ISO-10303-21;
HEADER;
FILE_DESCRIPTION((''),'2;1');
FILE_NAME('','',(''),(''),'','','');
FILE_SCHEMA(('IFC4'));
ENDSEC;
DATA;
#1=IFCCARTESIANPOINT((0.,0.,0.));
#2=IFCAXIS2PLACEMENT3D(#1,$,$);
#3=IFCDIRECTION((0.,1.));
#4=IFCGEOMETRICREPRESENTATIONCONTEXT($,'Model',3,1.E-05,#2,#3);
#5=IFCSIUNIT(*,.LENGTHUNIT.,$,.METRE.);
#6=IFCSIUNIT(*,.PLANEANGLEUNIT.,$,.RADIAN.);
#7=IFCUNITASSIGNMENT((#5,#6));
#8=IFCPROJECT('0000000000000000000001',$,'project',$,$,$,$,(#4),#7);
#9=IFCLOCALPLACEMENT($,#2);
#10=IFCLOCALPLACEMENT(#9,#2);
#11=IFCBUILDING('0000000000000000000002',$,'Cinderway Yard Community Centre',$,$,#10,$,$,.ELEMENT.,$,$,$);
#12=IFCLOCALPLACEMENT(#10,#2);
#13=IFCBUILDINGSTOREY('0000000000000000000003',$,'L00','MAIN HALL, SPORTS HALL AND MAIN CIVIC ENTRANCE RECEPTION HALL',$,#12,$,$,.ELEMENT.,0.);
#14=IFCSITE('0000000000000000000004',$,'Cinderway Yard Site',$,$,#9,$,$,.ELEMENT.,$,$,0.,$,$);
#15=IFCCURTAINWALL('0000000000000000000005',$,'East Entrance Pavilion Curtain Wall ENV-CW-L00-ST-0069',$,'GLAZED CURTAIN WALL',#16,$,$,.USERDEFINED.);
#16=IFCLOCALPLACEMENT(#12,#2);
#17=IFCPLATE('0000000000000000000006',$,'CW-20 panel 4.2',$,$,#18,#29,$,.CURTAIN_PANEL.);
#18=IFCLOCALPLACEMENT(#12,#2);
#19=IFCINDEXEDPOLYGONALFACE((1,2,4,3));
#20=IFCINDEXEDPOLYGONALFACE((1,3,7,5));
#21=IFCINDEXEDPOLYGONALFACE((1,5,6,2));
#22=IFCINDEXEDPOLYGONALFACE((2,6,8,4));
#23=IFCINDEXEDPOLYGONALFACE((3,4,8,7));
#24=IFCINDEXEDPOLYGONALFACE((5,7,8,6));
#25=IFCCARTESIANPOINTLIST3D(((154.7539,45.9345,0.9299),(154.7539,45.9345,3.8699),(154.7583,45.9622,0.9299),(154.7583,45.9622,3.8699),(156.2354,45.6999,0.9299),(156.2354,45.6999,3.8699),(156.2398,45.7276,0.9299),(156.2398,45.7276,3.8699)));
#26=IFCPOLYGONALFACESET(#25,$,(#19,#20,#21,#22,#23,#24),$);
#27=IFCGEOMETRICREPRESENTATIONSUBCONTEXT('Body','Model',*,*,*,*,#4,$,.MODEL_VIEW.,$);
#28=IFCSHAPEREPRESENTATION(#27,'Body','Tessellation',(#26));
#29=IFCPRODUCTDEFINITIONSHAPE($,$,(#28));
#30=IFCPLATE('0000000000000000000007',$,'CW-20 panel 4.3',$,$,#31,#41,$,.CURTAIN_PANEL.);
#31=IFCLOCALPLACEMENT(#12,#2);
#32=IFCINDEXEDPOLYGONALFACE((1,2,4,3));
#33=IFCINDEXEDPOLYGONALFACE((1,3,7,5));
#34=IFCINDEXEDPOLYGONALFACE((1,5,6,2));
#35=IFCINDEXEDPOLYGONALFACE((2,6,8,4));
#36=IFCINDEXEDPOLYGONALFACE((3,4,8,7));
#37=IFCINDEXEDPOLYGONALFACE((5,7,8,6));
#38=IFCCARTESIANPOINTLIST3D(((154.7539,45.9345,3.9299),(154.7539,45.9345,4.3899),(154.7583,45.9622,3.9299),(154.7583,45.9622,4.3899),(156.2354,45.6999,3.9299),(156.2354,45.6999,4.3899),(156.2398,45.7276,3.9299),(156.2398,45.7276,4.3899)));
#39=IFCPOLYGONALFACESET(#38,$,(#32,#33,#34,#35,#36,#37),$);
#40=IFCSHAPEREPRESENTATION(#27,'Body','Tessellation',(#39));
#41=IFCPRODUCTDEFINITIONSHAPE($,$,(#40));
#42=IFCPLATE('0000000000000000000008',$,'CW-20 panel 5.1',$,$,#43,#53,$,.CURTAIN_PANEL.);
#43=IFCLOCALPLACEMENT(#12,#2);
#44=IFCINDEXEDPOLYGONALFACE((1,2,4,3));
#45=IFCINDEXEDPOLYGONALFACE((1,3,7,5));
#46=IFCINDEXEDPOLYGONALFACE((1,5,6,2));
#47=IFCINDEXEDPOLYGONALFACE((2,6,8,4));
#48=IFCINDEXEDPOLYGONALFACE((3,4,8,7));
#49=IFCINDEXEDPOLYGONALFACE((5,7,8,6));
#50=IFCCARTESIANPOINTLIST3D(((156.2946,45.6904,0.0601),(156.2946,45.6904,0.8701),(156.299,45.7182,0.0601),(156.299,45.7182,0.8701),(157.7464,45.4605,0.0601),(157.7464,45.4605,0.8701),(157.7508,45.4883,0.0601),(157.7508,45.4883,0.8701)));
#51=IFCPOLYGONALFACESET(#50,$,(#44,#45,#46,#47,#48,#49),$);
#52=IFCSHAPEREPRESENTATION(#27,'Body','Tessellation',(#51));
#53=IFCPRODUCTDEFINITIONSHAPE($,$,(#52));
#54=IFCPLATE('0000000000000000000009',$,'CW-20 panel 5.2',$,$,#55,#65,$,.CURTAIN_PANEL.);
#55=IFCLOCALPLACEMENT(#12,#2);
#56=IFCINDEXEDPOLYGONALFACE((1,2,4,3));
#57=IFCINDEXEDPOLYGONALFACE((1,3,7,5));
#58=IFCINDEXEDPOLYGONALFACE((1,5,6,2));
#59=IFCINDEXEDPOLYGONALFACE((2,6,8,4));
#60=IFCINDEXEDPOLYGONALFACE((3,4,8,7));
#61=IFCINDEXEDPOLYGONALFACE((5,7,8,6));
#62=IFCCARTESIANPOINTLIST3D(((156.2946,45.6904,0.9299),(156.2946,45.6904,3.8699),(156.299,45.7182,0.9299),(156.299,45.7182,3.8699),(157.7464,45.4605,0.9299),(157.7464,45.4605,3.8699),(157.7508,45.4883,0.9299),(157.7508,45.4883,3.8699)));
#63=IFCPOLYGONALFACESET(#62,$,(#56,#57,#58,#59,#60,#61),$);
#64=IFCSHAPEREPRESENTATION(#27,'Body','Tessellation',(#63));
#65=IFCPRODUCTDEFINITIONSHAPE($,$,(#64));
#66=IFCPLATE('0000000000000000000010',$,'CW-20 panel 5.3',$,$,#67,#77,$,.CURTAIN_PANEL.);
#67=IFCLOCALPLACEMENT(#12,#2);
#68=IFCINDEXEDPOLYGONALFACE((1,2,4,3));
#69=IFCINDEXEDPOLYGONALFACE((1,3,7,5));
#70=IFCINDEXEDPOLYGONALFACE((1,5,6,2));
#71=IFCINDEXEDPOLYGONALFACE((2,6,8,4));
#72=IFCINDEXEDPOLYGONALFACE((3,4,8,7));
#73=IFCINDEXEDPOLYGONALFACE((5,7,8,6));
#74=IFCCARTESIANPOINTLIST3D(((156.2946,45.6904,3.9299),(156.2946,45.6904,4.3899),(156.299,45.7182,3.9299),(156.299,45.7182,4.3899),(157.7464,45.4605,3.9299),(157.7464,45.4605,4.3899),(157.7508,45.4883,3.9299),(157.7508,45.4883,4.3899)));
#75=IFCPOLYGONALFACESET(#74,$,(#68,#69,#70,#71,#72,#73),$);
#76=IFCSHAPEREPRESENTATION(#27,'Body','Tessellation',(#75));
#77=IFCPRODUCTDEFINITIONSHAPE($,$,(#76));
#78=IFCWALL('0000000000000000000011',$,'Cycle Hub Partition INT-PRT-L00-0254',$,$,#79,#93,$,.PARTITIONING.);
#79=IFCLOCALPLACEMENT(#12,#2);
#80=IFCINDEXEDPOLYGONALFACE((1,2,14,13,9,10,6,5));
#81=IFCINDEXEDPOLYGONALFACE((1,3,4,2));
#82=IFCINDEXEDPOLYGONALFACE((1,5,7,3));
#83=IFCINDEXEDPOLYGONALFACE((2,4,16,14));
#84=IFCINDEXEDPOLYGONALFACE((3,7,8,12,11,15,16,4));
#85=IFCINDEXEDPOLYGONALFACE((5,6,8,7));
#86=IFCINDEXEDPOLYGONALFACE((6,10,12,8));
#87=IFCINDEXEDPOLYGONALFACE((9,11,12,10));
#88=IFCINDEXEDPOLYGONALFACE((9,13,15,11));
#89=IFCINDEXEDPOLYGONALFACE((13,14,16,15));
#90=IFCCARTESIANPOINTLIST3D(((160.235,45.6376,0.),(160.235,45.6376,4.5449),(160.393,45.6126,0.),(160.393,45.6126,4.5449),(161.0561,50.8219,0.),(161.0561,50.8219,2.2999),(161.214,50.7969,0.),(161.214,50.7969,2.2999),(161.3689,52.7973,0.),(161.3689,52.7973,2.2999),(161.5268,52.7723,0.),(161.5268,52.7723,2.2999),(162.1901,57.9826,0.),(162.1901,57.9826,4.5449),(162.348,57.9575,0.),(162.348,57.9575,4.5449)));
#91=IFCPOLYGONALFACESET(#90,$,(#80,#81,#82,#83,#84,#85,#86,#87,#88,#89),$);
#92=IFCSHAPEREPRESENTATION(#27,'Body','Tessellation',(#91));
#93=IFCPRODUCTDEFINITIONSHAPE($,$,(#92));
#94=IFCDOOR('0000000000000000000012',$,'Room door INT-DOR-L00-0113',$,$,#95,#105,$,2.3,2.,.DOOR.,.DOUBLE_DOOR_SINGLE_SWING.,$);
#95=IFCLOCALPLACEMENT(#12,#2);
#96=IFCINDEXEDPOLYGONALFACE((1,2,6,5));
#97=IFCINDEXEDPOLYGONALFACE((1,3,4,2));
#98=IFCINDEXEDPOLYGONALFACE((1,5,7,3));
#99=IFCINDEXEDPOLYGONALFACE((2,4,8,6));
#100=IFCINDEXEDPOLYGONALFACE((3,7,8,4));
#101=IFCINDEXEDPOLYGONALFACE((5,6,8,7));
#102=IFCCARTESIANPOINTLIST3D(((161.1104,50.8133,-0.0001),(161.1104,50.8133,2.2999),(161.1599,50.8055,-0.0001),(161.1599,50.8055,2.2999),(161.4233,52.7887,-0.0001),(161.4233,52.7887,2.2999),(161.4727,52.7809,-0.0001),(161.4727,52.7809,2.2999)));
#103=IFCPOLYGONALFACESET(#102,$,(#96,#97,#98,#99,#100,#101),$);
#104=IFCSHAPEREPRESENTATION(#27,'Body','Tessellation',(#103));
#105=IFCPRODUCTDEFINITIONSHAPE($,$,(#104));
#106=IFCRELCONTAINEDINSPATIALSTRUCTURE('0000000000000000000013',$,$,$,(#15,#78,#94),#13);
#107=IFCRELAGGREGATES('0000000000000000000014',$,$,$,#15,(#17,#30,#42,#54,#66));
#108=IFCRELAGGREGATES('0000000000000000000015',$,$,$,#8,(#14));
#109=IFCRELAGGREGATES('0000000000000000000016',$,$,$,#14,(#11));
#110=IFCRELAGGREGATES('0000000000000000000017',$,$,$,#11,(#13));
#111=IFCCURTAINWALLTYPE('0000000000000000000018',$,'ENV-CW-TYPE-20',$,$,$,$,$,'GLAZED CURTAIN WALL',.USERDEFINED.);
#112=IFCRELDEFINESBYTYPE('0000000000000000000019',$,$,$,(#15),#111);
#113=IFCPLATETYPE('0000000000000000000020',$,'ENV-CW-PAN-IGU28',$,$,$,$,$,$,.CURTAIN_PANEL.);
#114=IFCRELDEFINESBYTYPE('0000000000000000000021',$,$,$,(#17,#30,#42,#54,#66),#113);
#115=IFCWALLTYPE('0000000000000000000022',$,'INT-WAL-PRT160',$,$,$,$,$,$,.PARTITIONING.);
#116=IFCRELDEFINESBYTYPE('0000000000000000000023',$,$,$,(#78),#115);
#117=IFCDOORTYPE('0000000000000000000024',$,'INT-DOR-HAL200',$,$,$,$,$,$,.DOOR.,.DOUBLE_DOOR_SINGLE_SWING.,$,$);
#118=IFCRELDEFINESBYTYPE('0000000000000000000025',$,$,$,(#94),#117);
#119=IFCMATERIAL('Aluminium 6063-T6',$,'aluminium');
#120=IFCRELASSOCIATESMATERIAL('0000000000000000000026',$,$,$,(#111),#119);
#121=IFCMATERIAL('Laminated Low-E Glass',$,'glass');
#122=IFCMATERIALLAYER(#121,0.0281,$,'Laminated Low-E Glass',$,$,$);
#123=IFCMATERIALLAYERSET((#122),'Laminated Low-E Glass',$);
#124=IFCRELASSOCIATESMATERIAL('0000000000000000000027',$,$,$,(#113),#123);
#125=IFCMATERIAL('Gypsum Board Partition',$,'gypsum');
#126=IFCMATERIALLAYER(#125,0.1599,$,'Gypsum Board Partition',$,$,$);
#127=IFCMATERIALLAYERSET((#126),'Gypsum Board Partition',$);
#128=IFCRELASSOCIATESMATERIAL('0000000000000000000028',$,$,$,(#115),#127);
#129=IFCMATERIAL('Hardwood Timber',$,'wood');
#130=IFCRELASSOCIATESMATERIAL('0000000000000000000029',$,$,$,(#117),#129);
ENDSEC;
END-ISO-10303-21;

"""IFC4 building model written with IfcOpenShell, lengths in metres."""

from ifc_helpers import new_model, si_unit, direction, frame, frame_2d, origin, origin_2d, place, context, subcontext, project, spatial, rectangle, extrude, material, layer, layer_set, type_object, element, fill, aggregate, save


model = new_model("IFC4")

# Units and contexts
model_context = context("Model", 3, precision=1e-05, world=origin(), true_north=direction((0.0, 1.0)))
body_context = subcontext(model_context, "Body", "Model", "MODEL_VIEW")
ifc_project = project(units=[si_unit("LENGTHUNIT", "METRE"), si_unit("PLANEANGLEUNIT", "RADIAN")], contexts=[model_context])

# Site, building, storey
site_placement = place(None, origin())
site = spatial("IfcSite", under=ifc_project, at=site_placement, Name="Cinderway Yard Site", CompositionType="ELEMENT", RefElevation=0.0)
building_placement = place(site_placement, origin())
building = spatial("IfcBuilding", under=site, at=building_placement, Name="Cinderway Yard Community Centre", CompositionType="ELEMENT")
storey_placement = place(building_placement, origin())
storey = spatial("IfcBuildingStorey", under=building, at=storey_placement, Name="L00", Description="MAIN HALL, SPORTS HALL AND MAIN CIVIC ENTRANCE RECEPTION HALL", CompositionType="ELEMENT", Elevation=0.0)

# Curtain wall, plates
ifc_material_1 = material(Name="Aluminium 6063-T6", Category="aluminium")
curtain_wall_type = type_object("IfcCurtainWallType", Name="ENV-CW-TYPE-20", ElementType="GLAZED CURTAIN WALL", PredefinedType="USERDEFINED", material=ifc_material_1)
curtain_wall_placement = place(storey_placement, origin())
curtain_wall = element("IfcCurtainWall", 1, at=curtain_wall_placement, inside=storey, type_object=curtain_wall_type, Name="East Entrance Pavilion Curtain Wall ENV-CW-L00-ST-0069", ObjectType="GLAZED CURTAIN WALL", PredefinedType="USERDEFINED")
ifc_material_2 = material(Name="Laminated Low-E Glass", Category="glass")
ifc_layer_1 = layer(ifc_material_2, 0.0281, Name="Laminated Low-E Glass")
ifc_layer_set_1 = layer_set([ifc_layer_1], Name="Laminated Low-E Glass")
plate_type = type_object("IfcPlateType", Name="ENV-CW-PAN-IGU28", PredefinedType="CURTAIN_PANEL", material=ifc_layer_set_1)
plate_1_placement = place(storey_placement, frame((155.4968, 45.8311, 0.9299), z_axis=(0.0, 0.0, 1.0), x_axis=(0.987692, -0.15641, 0.0)))
plate_1 = element("IfcPlate", 2, at=plate_1_placement, type_object=plate_type, Name="CW-20 panel 4.2", PredefinedType="CURTAIN_PANEL", context=body_context, shape_type="SweptSolid", body=[
    extrude(rectangle(XDim=1.5, YDim=0.0281, at=origin_2d()), origin(), (0.0, 0.0, 1.0), 2.9399),
])
plate_2_placement = place(storey_placement, frame((155.4968, 45.8311, 3.9299), z_axis=(0.0, 0.0, 1.0), x_axis=(0.987692, -0.15641, 0.0)))
plate_2 = element("IfcPlate", 3, at=plate_2_placement, type_object=plate_type, Name="CW-20 panel 4.3", PredefinedType="CURTAIN_PANEL", context=body_context, shape_type="SweptSolid", body=[
    extrude(rectangle(XDim=1.5, YDim=0.0281, at=origin_2d()), origin(), (0.0, 0.0, 1.0), 0.46),
])
plate_3_placement = place(storey_placement, frame((157.0227, 45.5894, 0.0601), z_axis=(0.0, 0.0, 1.0), x_axis=(0.987692, -0.15641, 0.0)))
plate_3 = element("IfcPlate", 4, at=plate_3_placement, type_object=plate_type, Name="CW-20 panel 5.1", PredefinedType="CURTAIN_PANEL", context=body_context, shape_type="SweptSolid", body=[
    extrude(rectangle(XDim=1.47, YDim=0.0281, at=origin_2d()), origin(), (0.0, 0.0, 1.0), 0.8101),
])
plate_4_placement = place(storey_placement, frame((157.0227, 45.5894, 0.9299), z_axis=(0.0, 0.0, 1.0), x_axis=(0.987692, -0.15641, 0.0)))
plate_4 = element("IfcPlate", 5, at=plate_4_placement, type_object=plate_type, Name="CW-20 panel 5.2", PredefinedType="CURTAIN_PANEL", context=body_context, shape_type="SweptSolid", body=[
    extrude(rectangle(XDim=1.47, YDim=0.0281, at=origin_2d()), origin(), (0.0, 0.0, 1.0), 2.9399),
])
plate_5_placement = place(storey_placement, frame((157.0227, 45.5894, 3.9299), z_axis=(0.0, 0.0, 1.0), x_axis=(0.987692, -0.15641, 0.0)))
plate_5 = element("IfcPlate", 6, at=plate_5_placement, type_object=plate_type, Name="CW-20 panel 5.3", PredefinedType="CURTAIN_PANEL", context=body_context, shape_type="SweptSolid", body=[
    extrude(rectangle(XDim=1.47, YDim=0.0281, at=origin_2d()), origin(), (0.0, 0.0, 1.0), 0.46),
])
aggregate(curtain_wall, [plate_1, plate_2, plate_3, plate_4, plate_5])

# Wall, opening, door
ifc_material_3 = material(Name="Gypsum Board Partition", Category="gypsum")
ifc_layer_2 = layer(ifc_material_3, 0.1599, Name="Gypsum Board Partition")
ifc_layer_set_2 = layer_set([ifc_layer_2], Name="Gypsum Board Partition")
wall_type_1 = type_object("IfcWallType", Name="INT-WAL-PRT160", PredefinedType="PARTITIONING", material=ifc_layer_set_2)
wall_1_placement = place(storey_placement, frame((160.314, 45.625, 0.0), z_axis=(0.0, 0.0, 1.0), x_axis=(0.156421, 0.98769, 0.0)))
wall_1 = element("IfcWall", 7, at=wall_1_placement, inside=storey, type_object=wall_type_1, Name="Cycle Hub Partition INT-PRT-L00-0254", PredefinedType="PARTITIONING", context=body_context, shape_type="SweptSolid", body=[
    extrude(rectangle(XDim=12.4988, YDim=0.1599, at=frame_2d((6.2495, 0.0))), origin(), (0.0, 0.0, 1.0), 4.5449),
])
opening_1_placement = place(wall_1_placement, frame((5.249, 0.0, 0.0)))
opening_1 = element("IfcOpeningElement", 8, at=opening_1_placement, cuts=wall_1, PredefinedType="OPENING", context=body_context, shape_type="SweptSolid", body=[
    extrude(rectangle(XDim=2.0, YDim=2.3, at=frame_2d((1.0, 1.1499))), frame((0.0, 0.0898, 0.0), z_axis=(0.0, -1.0, 0.0), x_axis=(1.0, 0.0, 0.0)), (0.0, 0.0, 1.0), 0.1799),
])
ifc_material_4 = material(Name="Hardwood Timber", Category="wood")
door_type_1 = type_object("IfcDoorType", Name="INT-DOR-HAL200", OperationType="DOUBLE_DOOR_SINGLE_SWING", PredefinedType="DOOR", material=ifc_material_4)
door_1_placement = place(opening_1_placement, origin())
door_1 = element("IfcDoor", 9, at=door_1_placement, inside=storey, type_object=door_type_1, Name="Room door INT-DOR-L00-0113", OperationType="DOUBLE_DOOR_SINGLE_SWING", OverallHeight=2.3, OverallWidth=2.0, PredefinedType="DOOR", context=body_context, shape_type="SweptSolid", body=[
    extrude(rectangle(XDim=2.0, YDim=2.3, at=frame_2d((1.0, 1.1499))), frame((0.0, 0.0249, 0.0), z_axis=(0.0, -1.0, 0.0), x_axis=(1.0, 0.0, 0.0)), (0.0, 0.0, 1.0), 0.05),
])
fill(opening_1, door_1)

save(model, "model.ifc")
